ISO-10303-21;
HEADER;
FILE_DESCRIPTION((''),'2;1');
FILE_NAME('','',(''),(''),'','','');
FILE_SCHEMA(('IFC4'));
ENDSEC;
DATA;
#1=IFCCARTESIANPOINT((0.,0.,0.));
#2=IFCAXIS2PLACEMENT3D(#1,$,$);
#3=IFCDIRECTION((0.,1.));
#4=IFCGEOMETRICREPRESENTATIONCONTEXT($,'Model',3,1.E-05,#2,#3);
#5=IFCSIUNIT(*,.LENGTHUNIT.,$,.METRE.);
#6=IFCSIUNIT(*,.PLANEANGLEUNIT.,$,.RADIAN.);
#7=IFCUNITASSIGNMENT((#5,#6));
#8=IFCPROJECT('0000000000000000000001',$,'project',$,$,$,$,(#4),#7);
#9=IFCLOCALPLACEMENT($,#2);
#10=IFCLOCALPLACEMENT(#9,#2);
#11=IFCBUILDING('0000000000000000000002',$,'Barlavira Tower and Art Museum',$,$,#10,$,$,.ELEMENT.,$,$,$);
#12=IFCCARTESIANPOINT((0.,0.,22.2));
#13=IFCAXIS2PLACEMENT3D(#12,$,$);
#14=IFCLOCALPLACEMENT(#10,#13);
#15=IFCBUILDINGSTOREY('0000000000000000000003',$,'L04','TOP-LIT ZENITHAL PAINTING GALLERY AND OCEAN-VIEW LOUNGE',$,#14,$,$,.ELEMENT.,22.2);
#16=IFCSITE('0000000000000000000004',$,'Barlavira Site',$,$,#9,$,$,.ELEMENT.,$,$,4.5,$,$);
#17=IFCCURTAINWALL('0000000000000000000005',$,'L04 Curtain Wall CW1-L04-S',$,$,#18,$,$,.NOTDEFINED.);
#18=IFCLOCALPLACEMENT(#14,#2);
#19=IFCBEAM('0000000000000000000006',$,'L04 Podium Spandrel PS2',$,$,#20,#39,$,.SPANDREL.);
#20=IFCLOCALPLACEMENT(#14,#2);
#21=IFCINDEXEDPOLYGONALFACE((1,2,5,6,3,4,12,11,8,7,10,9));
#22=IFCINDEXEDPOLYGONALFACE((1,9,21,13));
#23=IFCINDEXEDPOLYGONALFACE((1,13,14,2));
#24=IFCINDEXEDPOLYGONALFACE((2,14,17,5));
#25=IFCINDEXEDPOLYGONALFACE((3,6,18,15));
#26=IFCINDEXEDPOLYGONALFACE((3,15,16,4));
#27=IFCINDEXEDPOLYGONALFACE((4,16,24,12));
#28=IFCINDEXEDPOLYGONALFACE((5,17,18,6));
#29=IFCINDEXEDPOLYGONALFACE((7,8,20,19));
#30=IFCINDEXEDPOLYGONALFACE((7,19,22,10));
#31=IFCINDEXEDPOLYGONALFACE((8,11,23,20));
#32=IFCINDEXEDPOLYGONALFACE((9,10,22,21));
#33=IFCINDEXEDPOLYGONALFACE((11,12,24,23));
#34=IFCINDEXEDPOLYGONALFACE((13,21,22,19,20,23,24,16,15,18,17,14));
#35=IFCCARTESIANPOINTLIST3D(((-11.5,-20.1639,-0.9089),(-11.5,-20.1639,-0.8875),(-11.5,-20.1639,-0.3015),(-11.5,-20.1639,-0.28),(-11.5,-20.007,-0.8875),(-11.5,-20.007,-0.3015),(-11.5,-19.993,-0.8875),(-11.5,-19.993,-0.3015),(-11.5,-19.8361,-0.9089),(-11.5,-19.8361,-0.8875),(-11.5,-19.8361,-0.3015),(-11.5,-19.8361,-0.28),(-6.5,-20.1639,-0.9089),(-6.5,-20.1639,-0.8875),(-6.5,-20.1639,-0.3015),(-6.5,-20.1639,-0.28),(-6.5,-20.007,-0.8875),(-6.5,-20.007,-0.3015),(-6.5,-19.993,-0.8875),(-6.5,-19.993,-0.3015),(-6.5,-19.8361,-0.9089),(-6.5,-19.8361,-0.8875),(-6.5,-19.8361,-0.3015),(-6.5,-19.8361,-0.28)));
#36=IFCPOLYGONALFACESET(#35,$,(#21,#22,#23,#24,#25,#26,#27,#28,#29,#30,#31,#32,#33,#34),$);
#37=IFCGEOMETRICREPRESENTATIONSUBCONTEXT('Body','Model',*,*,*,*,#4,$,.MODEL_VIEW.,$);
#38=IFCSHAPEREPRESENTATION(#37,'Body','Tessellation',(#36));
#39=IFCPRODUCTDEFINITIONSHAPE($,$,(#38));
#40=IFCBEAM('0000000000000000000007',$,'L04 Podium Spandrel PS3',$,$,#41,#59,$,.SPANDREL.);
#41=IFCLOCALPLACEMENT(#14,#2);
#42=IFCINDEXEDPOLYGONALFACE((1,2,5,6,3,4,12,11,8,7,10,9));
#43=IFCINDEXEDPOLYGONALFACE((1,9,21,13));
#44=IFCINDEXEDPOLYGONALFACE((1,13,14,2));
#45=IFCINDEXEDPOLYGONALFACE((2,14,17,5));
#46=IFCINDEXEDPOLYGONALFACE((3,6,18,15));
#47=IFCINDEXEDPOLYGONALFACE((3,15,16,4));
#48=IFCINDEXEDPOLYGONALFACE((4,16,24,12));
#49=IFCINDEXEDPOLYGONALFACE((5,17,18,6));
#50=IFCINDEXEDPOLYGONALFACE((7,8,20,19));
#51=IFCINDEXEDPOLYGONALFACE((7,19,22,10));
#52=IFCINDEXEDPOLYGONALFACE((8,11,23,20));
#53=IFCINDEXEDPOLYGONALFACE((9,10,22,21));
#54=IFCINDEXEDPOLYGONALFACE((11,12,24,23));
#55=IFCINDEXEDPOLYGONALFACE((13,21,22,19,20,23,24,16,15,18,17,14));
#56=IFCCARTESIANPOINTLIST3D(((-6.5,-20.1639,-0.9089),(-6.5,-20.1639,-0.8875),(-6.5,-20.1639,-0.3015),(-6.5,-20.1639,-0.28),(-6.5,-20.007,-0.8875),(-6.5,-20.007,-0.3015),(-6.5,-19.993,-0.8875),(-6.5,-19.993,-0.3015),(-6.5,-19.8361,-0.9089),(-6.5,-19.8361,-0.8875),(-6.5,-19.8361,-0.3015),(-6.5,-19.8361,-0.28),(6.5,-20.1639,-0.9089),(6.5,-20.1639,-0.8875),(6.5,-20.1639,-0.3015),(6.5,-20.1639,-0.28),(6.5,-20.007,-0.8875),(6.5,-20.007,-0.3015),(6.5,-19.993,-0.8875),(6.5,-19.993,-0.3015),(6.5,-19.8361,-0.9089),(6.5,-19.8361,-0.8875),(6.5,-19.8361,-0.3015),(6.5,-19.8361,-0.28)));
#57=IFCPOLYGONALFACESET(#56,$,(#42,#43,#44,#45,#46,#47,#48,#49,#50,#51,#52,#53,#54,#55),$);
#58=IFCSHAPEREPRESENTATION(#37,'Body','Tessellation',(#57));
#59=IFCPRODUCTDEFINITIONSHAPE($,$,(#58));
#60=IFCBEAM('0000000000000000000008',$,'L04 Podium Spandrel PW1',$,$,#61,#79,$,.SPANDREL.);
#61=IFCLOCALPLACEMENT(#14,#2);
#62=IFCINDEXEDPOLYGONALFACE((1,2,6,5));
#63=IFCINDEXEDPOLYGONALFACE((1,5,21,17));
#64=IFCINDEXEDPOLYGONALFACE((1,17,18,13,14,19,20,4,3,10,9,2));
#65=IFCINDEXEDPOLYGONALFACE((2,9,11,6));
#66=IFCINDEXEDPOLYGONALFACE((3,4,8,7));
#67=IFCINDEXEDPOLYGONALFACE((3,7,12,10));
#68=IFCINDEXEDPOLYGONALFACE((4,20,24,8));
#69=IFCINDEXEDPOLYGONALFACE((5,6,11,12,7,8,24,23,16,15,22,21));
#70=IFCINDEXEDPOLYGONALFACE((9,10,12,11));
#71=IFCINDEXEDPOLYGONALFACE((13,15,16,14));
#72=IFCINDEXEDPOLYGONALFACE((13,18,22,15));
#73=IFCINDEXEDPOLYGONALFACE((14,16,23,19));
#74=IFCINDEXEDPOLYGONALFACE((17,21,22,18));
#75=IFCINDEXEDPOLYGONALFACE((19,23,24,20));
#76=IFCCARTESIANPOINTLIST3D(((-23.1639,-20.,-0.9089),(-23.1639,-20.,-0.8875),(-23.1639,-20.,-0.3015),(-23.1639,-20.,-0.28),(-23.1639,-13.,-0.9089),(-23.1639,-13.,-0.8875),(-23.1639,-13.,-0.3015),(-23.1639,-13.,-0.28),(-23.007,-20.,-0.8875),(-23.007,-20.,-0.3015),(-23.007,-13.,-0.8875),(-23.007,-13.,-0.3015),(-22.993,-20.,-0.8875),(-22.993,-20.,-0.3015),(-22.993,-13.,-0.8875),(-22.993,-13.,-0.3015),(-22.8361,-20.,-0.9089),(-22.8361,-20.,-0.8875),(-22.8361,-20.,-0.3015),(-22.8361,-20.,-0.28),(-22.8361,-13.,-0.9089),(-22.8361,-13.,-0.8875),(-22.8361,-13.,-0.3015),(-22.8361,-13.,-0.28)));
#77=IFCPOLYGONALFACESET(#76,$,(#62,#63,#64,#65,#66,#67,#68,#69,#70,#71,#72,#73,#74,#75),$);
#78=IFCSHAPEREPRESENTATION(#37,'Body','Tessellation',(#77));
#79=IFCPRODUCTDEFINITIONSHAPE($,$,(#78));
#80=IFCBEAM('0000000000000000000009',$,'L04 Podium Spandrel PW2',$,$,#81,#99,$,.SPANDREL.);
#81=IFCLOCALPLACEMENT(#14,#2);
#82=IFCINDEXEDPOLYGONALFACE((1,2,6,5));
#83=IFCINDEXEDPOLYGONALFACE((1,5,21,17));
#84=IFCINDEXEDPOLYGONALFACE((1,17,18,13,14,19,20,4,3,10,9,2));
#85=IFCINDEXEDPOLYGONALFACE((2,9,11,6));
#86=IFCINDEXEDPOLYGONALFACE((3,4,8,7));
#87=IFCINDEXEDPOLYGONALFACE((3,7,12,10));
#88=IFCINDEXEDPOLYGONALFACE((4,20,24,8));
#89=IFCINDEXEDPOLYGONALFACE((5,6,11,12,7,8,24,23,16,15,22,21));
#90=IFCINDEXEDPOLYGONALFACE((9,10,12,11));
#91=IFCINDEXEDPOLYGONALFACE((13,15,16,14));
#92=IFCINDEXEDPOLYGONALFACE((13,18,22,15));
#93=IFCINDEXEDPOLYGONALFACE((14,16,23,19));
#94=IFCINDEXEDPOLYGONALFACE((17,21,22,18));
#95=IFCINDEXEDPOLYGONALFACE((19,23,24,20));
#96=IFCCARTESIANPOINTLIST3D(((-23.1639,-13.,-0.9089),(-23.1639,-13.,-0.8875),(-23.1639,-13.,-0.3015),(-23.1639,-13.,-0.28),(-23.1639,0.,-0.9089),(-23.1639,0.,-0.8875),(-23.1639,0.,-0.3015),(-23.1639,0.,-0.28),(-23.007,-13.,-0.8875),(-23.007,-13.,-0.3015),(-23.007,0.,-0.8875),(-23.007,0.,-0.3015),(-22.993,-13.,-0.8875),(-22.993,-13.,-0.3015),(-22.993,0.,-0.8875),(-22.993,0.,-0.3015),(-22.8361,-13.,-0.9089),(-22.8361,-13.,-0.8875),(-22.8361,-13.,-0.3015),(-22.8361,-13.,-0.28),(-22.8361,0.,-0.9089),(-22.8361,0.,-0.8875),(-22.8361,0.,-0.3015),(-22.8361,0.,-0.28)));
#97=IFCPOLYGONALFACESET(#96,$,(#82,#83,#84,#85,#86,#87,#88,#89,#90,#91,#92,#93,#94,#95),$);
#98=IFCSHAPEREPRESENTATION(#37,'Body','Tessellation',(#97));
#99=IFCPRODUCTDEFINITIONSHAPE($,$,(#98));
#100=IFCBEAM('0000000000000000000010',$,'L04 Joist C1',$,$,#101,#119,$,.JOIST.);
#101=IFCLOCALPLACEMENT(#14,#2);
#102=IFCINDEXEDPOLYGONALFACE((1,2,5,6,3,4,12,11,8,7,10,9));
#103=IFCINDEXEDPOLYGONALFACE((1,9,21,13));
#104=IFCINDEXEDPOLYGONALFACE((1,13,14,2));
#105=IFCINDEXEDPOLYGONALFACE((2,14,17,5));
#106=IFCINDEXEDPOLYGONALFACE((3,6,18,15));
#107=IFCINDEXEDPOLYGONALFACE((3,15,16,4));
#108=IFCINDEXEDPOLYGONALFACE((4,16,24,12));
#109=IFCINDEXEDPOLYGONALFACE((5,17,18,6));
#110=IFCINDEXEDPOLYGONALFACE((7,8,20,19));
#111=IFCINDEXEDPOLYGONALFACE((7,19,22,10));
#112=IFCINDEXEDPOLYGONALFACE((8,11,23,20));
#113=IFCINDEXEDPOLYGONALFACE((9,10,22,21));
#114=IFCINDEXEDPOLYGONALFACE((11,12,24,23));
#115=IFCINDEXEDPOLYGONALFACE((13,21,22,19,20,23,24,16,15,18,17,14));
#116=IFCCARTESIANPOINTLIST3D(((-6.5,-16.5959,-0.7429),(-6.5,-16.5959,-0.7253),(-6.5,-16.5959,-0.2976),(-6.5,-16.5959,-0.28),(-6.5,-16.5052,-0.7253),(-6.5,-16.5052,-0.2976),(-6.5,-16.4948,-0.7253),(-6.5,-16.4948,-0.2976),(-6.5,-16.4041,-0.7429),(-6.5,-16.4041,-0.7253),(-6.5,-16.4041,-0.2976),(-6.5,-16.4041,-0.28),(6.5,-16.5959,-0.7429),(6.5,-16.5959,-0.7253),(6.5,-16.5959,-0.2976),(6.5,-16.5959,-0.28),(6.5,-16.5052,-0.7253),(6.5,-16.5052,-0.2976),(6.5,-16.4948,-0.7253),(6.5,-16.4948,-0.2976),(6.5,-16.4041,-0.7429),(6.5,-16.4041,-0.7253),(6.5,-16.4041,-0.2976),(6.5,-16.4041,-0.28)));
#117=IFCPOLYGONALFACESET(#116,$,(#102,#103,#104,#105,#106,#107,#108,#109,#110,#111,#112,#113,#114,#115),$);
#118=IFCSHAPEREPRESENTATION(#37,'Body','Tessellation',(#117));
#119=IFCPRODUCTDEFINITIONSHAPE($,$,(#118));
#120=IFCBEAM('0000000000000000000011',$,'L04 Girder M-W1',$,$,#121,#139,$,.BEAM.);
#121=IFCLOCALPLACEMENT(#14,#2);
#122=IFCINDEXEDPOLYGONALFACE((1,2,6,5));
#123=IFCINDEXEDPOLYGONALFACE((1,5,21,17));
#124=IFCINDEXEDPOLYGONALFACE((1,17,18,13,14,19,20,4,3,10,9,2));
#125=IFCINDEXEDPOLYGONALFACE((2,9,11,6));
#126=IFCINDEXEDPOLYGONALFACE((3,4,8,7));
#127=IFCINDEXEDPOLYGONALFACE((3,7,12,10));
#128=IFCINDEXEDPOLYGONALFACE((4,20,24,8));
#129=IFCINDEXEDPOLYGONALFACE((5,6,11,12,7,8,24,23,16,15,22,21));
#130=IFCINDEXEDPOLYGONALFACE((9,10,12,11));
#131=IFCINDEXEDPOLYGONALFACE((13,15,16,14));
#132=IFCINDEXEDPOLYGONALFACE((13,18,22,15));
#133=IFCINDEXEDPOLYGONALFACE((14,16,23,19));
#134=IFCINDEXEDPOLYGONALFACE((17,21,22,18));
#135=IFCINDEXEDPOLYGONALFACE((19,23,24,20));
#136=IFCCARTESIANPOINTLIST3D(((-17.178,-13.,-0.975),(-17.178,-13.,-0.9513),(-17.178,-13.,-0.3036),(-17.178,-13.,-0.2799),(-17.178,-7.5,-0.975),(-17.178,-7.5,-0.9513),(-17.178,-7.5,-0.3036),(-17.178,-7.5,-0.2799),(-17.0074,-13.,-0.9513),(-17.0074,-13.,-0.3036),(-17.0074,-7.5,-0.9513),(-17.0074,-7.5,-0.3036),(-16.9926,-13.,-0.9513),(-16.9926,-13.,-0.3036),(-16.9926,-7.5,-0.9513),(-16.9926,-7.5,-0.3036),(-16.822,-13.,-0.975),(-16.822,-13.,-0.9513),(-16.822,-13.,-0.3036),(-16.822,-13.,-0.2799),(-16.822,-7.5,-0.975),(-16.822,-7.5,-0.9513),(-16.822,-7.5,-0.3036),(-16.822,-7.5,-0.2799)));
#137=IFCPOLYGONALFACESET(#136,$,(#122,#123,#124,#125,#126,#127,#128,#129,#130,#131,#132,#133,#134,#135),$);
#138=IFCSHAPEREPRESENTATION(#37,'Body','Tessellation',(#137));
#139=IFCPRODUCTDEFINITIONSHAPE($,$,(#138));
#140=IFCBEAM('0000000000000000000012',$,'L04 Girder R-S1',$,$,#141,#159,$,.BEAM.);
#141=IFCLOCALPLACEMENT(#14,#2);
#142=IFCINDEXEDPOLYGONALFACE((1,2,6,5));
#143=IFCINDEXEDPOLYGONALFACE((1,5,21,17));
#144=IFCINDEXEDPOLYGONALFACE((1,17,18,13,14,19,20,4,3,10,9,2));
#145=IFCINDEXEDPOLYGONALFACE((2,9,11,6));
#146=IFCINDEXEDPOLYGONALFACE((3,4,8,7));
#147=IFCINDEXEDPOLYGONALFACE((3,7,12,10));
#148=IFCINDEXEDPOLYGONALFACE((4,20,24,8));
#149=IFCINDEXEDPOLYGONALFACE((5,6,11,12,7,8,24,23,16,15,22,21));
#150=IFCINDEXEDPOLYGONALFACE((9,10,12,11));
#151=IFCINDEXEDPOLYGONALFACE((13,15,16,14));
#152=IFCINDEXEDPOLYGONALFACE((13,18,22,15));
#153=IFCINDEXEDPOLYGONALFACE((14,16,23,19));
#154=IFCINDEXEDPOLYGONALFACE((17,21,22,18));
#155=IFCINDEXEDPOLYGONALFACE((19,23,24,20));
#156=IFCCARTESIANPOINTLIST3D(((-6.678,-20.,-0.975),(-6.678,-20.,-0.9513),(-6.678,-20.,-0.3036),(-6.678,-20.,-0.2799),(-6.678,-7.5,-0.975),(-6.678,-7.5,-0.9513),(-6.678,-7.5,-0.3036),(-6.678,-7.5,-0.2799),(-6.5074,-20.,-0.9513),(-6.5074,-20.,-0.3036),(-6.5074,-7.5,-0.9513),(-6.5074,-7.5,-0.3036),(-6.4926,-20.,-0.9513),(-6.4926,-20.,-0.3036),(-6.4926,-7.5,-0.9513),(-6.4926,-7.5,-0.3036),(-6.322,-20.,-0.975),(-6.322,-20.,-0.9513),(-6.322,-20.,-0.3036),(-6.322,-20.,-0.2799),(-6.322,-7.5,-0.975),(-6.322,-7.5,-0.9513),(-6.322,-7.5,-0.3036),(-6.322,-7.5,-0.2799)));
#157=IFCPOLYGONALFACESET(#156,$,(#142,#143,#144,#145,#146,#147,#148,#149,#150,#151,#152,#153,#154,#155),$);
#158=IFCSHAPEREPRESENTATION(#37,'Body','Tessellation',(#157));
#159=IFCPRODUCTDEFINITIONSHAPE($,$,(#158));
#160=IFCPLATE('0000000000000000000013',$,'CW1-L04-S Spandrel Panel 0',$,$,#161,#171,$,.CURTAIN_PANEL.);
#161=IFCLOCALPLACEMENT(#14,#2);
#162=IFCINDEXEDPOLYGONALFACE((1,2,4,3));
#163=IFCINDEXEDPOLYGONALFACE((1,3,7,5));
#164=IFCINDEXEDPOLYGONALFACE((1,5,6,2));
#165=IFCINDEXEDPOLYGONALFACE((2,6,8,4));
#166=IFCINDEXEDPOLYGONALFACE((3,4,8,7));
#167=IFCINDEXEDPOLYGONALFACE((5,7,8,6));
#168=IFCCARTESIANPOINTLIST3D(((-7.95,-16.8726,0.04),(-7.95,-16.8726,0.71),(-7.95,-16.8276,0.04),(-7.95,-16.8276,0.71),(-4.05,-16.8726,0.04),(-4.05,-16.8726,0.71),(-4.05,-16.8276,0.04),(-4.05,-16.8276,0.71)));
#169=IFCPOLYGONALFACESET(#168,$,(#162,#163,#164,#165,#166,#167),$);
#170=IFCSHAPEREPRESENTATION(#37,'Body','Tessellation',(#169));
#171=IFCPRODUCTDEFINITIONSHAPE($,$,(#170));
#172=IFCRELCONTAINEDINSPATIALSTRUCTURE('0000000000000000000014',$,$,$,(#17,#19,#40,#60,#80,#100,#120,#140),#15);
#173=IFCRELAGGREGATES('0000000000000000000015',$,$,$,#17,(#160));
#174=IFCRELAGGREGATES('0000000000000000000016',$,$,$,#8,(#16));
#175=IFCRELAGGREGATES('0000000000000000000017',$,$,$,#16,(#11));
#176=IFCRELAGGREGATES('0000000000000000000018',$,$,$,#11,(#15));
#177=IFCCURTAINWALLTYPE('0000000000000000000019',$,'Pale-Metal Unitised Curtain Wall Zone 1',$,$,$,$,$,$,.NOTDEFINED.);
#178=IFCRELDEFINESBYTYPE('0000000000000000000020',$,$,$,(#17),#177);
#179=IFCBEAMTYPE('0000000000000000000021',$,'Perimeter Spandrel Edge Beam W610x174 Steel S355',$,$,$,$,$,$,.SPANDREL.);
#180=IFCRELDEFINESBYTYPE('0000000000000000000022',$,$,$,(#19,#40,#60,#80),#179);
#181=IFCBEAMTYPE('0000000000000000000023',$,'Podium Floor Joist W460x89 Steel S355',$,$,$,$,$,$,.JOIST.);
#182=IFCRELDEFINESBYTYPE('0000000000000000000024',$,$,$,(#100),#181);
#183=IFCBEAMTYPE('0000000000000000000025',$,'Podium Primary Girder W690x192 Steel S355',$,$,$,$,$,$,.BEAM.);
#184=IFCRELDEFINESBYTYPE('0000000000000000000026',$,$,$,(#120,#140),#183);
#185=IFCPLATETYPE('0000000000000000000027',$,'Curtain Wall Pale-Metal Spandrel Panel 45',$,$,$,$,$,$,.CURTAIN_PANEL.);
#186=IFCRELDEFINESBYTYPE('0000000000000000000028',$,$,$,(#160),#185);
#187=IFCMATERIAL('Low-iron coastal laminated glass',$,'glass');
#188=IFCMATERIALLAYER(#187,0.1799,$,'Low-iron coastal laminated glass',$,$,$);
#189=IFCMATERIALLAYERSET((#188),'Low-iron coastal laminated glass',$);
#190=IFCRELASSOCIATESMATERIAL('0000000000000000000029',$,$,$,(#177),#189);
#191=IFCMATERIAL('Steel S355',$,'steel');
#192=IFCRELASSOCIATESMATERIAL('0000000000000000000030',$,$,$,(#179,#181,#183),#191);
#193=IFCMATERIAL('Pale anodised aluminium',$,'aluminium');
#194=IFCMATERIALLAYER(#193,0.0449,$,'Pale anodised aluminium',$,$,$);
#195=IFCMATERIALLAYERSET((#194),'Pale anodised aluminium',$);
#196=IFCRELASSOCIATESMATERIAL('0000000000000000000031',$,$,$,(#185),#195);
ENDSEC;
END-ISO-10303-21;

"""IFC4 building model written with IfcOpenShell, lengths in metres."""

from ifc_helpers import new_model, si_unit, direction, frame, origin, origin_2d, place, context, subcontext, project, spatial, rectangle, i_section, extrude, material, layer, layer_set, material_profile, profile_set, type_object, element, aggregate, save


model = new_model("IFC4")

# Units and contexts
model_context = context("Model", 3, precision=1e-05, world=origin(), true_north=direction((0.0, 1.0)))
body_context = subcontext(model_context, "Body", "Model", "MODEL_VIEW")
ifc_project = project(units=[si_unit("LENGTHUNIT", "METRE"), si_unit("PLANEANGLEUNIT", "RADIAN")], contexts=[model_context])

# Site, building, storey
site_placement = place(None, origin())
site = spatial("IfcSite", under=ifc_project, at=site_placement, Name="Barlavira Site", CompositionType="ELEMENT", RefElevation=4.5)
building_placement = place(site_placement, origin())
building = spatial("IfcBuilding", under=site, at=building_placement, Name="Barlavira Tower and Art Museum", CompositionType="ELEMENT")
storey_placement = place(building_placement, frame((0.0, 0.0, 22.2)))
storey = spatial("IfcBuildingStorey", under=building, at=storey_placement, Name="L04", Description="TOP-LIT ZENITHAL PAINTING GALLERY AND OCEAN-VIEW LOUNGE", CompositionType="ELEMENT", Elevation=22.2)

# Curtain wall
ifc_material_1 = material(Name="Low-iron coastal laminated glass", Category="glass")
ifc_layer_1 = layer(ifc_material_1, 0.1799, Name="Low-iron coastal laminated glass")
ifc_layer_set_1 = layer_set([ifc_layer_1], Name="Low-iron coastal laminated glass")
curtain_wall_type = type_object("IfcCurtainWallType", Name="Pale-Metal Unitised Curtain Wall Zone 1", PredefinedType="NOTDEFINED", material=ifc_layer_set_1)
curtain_wall_placement = place(storey_placement, origin())
curtain_wall = element("IfcCurtainWall", 1, at=curtain_wall_placement, inside=storey, type_object=curtain_wall_type, Name="L04 Curtain Wall CW1-L04-S", PredefinedType="NOTDEFINED")
ifc_material_2 = material(Name="Pale anodised aluminium", Category="aluminium")

# Beams
ifc_material_3 = material(Name="Steel S355", Category="steel")
ifc_material_profile_1 = material_profile(ifc_material_3, i_section(OverallWidth=0.3279, OverallDepth=0.6289, WebThickness=0.0139, FlangeThickness=0.0215, at=origin_2d()), Name="W610x174.0")
ifc_profile_set_1 = profile_set([ifc_material_profile_1], Name="Steel S355")
beam_type_1 = type_object("IfcBeamType", Name="Perimeter Spandrel Edge Beam W610x174 Steel S355", PredefinedType="SPANDREL", material=ifc_profile_set_1)
beam_1_placement = place(storey_placement, frame((-11.5, -20.0, -0.5945), z_axis=(1.0, 0.0, 0.0), x_axis=(0.0, 1.0, 0.0)))
element("IfcBeam", 2, at=beam_1_placement, inside=storey, type_object=beam_type_1, Name="L04 Podium Spandrel PS2", PredefinedType="SPANDREL", context=body_context, shape_type="SweptSolid", body=[
    extrude(i_section(OverallWidth=0.3279, OverallDepth=0.6289, WebThickness=0.0139, FlangeThickness=0.0215, at=origin_2d()), origin(), (0.0, 0.0, 1.0), 5.0),
])
beam_2_placement = place(storey_placement, frame((-6.5, -20.0, -0.5945), z_axis=(1.0, 0.0, 0.0), x_axis=(0.0, 1.0, 0.0)))
element("IfcBeam", 3, at=beam_2_placement, inside=storey, type_object=beam_type_1, Name="L04 Podium Spandrel PS3", PredefinedType="SPANDREL", context=body_context, shape_type="SweptSolid", body=[
    extrude(i_section(OverallWidth=0.3279, OverallDepth=0.6289, WebThickness=0.0139, FlangeThickness=0.0215, at=origin_2d()), origin(), (0.0, 0.0, 1.0), 13.0),
])
beam_3_placement = place(storey_placement, frame((-23.0, -20.0, -0.5945), z_axis=(0.0, 1.0, 0.0), x_axis=(-1.0, 0.0, 0.0)))
element("IfcBeam", 4, at=beam_3_placement, inside=storey, type_object=beam_type_1, Name="L04 Podium Spandrel PW1", PredefinedType="SPANDREL", context=body_context, shape_type="SweptSolid", body=[
    extrude(i_section(OverallWidth=0.3279, OverallDepth=0.6289, WebThickness=0.0139, FlangeThickness=0.0215, at=origin_2d()), origin(), (0.0, 0.0, 1.0), 7.0),
])
beam_4_placement = place(storey_placement, frame((-23.0, -13.0, -0.5945), z_axis=(0.0, 1.0, 0.0), x_axis=(-1.0, 0.0, 0.0)))
element("IfcBeam", 5, at=beam_4_placement, inside=storey, type_object=beam_type_1, Name="L04 Podium Spandrel PW2", PredefinedType="SPANDREL", context=body_context, shape_type="SweptSolid", body=[
    extrude(i_section(OverallWidth=0.3279, OverallDepth=0.6289, WebThickness=0.0139, FlangeThickness=0.0215, at=origin_2d()), origin(), (0.0, 0.0, 1.0), 13.0),
])
ifc_material_profile_2 = material_profile(ifc_material_3, i_section(OverallWidth=0.1919, OverallDepth=0.4629, WebThickness=0.0105, FlangeThickness=0.0176, at=origin_2d()), Name="W460x89.0")
ifc_profile_set_2 = profile_set([ifc_material_profile_2], Name="Steel S355")
beam_type_2 = type_object("IfcBeamType", Name="Podium Floor Joist W460x89 Steel S355", PredefinedType="JOIST", material=ifc_profile_set_2)
beam_5_placement = place(storey_placement, frame((-6.5, -16.5, -0.5115), z_axis=(1.0, 0.0, 0.0), x_axis=(0.0, 1.0, 0.0)))
element("IfcBeam", 6, at=beam_5_placement, inside=storey, type_object=beam_type_2, Name="L04 Joist C1", PredefinedType="JOIST", context=body_context, shape_type="SweptSolid", body=[
    extrude(i_section(OverallWidth=0.1919, OverallDepth=0.4629, WebThickness=0.0105, FlangeThickness=0.0176, at=origin_2d()), origin(), (0.0, 0.0, 1.0), 13.0),
])
ifc_material_profile_3 = material_profile(ifc_material_3, i_section(OverallWidth=0.356, OverallDepth=0.6951, WebThickness=0.0149, FlangeThickness=0.0237, at=origin_2d()), Name="W690x192.0")
ifc_profile_set_3 = profile_set([ifc_material_profile_3], Name="Steel S355")
beam_type_3 = type_object("IfcBeamType", Name="Podium Primary Girder W690x192 Steel S355", PredefinedType="BEAM", material=ifc_profile_set_3)
beam_6_placement = place(storey_placement, frame((-17.0, -13.0, -0.6274), z_axis=(0.0, 1.0, 0.0), x_axis=(-1.0, 0.0, 0.0)))
element("IfcBeam", 7, at=beam_6_placement, inside=storey, type_object=beam_type_3, Name="L04 Girder M-W1", PredefinedType="BEAM", context=body_context, shape_type="SweptSolid", body=[
    extrude(i_section(OverallWidth=0.356, OverallDepth=0.6951, WebThickness=0.0149, FlangeThickness=0.0237, at=origin_2d()), origin(), (0.0, 0.0, 1.0), 5.5),
])
beam_7_placement = place(storey_placement, frame((-6.5, -20.0, -0.6274), z_axis=(0.0, 1.0, 0.0), x_axis=(-1.0, 0.0, 0.0)))
element("IfcBeam", 8, at=beam_7_placement, inside=storey, type_object=beam_type_3, Name="L04 Girder R-S1", PredefinedType="BEAM", context=body_context, shape_type="SweptSolid", body=[
    extrude(i_section(OverallWidth=0.356, OverallDepth=0.6951, WebThickness=0.0149, FlangeThickness=0.0237, at=origin_2d()), origin(), (0.0, 0.0, 1.0), 12.5),
])

# Plate
ifc_layer_2 = layer(ifc_material_2, 0.0449, Name="Pale anodised aluminium")
ifc_layer_set_2 = layer_set([ifc_layer_2], Name="Pale anodised aluminium")
plate_type = type_object("IfcPlateType", Name="Curtain Wall Pale-Metal Spandrel Panel 45", PredefinedType="CURTAIN_PANEL", material=ifc_layer_set_2)
plate_placement = place(storey_placement, frame((-6.0, -16.8501, 0.04), z_axis=(0.0, 0.0, 1.0), x_axis=(1.0, 0.0, 0.0)))
plate = element("IfcPlate", 9, at=plate_placement, type_object=plate_type, Name="CW1-L04-S Spandrel Panel 0", PredefinedType="CURTAIN_PANEL", context=body_context, shape_type="SweptSolid", body=[
    extrude(rectangle(XDim=3.8999, YDim=0.0449, at=origin_2d()), origin(), (0.0, 0.0, 1.0), 0.6699),
])
aggregate(curtain_wall, [plate])

save(model, "model.ifc")
